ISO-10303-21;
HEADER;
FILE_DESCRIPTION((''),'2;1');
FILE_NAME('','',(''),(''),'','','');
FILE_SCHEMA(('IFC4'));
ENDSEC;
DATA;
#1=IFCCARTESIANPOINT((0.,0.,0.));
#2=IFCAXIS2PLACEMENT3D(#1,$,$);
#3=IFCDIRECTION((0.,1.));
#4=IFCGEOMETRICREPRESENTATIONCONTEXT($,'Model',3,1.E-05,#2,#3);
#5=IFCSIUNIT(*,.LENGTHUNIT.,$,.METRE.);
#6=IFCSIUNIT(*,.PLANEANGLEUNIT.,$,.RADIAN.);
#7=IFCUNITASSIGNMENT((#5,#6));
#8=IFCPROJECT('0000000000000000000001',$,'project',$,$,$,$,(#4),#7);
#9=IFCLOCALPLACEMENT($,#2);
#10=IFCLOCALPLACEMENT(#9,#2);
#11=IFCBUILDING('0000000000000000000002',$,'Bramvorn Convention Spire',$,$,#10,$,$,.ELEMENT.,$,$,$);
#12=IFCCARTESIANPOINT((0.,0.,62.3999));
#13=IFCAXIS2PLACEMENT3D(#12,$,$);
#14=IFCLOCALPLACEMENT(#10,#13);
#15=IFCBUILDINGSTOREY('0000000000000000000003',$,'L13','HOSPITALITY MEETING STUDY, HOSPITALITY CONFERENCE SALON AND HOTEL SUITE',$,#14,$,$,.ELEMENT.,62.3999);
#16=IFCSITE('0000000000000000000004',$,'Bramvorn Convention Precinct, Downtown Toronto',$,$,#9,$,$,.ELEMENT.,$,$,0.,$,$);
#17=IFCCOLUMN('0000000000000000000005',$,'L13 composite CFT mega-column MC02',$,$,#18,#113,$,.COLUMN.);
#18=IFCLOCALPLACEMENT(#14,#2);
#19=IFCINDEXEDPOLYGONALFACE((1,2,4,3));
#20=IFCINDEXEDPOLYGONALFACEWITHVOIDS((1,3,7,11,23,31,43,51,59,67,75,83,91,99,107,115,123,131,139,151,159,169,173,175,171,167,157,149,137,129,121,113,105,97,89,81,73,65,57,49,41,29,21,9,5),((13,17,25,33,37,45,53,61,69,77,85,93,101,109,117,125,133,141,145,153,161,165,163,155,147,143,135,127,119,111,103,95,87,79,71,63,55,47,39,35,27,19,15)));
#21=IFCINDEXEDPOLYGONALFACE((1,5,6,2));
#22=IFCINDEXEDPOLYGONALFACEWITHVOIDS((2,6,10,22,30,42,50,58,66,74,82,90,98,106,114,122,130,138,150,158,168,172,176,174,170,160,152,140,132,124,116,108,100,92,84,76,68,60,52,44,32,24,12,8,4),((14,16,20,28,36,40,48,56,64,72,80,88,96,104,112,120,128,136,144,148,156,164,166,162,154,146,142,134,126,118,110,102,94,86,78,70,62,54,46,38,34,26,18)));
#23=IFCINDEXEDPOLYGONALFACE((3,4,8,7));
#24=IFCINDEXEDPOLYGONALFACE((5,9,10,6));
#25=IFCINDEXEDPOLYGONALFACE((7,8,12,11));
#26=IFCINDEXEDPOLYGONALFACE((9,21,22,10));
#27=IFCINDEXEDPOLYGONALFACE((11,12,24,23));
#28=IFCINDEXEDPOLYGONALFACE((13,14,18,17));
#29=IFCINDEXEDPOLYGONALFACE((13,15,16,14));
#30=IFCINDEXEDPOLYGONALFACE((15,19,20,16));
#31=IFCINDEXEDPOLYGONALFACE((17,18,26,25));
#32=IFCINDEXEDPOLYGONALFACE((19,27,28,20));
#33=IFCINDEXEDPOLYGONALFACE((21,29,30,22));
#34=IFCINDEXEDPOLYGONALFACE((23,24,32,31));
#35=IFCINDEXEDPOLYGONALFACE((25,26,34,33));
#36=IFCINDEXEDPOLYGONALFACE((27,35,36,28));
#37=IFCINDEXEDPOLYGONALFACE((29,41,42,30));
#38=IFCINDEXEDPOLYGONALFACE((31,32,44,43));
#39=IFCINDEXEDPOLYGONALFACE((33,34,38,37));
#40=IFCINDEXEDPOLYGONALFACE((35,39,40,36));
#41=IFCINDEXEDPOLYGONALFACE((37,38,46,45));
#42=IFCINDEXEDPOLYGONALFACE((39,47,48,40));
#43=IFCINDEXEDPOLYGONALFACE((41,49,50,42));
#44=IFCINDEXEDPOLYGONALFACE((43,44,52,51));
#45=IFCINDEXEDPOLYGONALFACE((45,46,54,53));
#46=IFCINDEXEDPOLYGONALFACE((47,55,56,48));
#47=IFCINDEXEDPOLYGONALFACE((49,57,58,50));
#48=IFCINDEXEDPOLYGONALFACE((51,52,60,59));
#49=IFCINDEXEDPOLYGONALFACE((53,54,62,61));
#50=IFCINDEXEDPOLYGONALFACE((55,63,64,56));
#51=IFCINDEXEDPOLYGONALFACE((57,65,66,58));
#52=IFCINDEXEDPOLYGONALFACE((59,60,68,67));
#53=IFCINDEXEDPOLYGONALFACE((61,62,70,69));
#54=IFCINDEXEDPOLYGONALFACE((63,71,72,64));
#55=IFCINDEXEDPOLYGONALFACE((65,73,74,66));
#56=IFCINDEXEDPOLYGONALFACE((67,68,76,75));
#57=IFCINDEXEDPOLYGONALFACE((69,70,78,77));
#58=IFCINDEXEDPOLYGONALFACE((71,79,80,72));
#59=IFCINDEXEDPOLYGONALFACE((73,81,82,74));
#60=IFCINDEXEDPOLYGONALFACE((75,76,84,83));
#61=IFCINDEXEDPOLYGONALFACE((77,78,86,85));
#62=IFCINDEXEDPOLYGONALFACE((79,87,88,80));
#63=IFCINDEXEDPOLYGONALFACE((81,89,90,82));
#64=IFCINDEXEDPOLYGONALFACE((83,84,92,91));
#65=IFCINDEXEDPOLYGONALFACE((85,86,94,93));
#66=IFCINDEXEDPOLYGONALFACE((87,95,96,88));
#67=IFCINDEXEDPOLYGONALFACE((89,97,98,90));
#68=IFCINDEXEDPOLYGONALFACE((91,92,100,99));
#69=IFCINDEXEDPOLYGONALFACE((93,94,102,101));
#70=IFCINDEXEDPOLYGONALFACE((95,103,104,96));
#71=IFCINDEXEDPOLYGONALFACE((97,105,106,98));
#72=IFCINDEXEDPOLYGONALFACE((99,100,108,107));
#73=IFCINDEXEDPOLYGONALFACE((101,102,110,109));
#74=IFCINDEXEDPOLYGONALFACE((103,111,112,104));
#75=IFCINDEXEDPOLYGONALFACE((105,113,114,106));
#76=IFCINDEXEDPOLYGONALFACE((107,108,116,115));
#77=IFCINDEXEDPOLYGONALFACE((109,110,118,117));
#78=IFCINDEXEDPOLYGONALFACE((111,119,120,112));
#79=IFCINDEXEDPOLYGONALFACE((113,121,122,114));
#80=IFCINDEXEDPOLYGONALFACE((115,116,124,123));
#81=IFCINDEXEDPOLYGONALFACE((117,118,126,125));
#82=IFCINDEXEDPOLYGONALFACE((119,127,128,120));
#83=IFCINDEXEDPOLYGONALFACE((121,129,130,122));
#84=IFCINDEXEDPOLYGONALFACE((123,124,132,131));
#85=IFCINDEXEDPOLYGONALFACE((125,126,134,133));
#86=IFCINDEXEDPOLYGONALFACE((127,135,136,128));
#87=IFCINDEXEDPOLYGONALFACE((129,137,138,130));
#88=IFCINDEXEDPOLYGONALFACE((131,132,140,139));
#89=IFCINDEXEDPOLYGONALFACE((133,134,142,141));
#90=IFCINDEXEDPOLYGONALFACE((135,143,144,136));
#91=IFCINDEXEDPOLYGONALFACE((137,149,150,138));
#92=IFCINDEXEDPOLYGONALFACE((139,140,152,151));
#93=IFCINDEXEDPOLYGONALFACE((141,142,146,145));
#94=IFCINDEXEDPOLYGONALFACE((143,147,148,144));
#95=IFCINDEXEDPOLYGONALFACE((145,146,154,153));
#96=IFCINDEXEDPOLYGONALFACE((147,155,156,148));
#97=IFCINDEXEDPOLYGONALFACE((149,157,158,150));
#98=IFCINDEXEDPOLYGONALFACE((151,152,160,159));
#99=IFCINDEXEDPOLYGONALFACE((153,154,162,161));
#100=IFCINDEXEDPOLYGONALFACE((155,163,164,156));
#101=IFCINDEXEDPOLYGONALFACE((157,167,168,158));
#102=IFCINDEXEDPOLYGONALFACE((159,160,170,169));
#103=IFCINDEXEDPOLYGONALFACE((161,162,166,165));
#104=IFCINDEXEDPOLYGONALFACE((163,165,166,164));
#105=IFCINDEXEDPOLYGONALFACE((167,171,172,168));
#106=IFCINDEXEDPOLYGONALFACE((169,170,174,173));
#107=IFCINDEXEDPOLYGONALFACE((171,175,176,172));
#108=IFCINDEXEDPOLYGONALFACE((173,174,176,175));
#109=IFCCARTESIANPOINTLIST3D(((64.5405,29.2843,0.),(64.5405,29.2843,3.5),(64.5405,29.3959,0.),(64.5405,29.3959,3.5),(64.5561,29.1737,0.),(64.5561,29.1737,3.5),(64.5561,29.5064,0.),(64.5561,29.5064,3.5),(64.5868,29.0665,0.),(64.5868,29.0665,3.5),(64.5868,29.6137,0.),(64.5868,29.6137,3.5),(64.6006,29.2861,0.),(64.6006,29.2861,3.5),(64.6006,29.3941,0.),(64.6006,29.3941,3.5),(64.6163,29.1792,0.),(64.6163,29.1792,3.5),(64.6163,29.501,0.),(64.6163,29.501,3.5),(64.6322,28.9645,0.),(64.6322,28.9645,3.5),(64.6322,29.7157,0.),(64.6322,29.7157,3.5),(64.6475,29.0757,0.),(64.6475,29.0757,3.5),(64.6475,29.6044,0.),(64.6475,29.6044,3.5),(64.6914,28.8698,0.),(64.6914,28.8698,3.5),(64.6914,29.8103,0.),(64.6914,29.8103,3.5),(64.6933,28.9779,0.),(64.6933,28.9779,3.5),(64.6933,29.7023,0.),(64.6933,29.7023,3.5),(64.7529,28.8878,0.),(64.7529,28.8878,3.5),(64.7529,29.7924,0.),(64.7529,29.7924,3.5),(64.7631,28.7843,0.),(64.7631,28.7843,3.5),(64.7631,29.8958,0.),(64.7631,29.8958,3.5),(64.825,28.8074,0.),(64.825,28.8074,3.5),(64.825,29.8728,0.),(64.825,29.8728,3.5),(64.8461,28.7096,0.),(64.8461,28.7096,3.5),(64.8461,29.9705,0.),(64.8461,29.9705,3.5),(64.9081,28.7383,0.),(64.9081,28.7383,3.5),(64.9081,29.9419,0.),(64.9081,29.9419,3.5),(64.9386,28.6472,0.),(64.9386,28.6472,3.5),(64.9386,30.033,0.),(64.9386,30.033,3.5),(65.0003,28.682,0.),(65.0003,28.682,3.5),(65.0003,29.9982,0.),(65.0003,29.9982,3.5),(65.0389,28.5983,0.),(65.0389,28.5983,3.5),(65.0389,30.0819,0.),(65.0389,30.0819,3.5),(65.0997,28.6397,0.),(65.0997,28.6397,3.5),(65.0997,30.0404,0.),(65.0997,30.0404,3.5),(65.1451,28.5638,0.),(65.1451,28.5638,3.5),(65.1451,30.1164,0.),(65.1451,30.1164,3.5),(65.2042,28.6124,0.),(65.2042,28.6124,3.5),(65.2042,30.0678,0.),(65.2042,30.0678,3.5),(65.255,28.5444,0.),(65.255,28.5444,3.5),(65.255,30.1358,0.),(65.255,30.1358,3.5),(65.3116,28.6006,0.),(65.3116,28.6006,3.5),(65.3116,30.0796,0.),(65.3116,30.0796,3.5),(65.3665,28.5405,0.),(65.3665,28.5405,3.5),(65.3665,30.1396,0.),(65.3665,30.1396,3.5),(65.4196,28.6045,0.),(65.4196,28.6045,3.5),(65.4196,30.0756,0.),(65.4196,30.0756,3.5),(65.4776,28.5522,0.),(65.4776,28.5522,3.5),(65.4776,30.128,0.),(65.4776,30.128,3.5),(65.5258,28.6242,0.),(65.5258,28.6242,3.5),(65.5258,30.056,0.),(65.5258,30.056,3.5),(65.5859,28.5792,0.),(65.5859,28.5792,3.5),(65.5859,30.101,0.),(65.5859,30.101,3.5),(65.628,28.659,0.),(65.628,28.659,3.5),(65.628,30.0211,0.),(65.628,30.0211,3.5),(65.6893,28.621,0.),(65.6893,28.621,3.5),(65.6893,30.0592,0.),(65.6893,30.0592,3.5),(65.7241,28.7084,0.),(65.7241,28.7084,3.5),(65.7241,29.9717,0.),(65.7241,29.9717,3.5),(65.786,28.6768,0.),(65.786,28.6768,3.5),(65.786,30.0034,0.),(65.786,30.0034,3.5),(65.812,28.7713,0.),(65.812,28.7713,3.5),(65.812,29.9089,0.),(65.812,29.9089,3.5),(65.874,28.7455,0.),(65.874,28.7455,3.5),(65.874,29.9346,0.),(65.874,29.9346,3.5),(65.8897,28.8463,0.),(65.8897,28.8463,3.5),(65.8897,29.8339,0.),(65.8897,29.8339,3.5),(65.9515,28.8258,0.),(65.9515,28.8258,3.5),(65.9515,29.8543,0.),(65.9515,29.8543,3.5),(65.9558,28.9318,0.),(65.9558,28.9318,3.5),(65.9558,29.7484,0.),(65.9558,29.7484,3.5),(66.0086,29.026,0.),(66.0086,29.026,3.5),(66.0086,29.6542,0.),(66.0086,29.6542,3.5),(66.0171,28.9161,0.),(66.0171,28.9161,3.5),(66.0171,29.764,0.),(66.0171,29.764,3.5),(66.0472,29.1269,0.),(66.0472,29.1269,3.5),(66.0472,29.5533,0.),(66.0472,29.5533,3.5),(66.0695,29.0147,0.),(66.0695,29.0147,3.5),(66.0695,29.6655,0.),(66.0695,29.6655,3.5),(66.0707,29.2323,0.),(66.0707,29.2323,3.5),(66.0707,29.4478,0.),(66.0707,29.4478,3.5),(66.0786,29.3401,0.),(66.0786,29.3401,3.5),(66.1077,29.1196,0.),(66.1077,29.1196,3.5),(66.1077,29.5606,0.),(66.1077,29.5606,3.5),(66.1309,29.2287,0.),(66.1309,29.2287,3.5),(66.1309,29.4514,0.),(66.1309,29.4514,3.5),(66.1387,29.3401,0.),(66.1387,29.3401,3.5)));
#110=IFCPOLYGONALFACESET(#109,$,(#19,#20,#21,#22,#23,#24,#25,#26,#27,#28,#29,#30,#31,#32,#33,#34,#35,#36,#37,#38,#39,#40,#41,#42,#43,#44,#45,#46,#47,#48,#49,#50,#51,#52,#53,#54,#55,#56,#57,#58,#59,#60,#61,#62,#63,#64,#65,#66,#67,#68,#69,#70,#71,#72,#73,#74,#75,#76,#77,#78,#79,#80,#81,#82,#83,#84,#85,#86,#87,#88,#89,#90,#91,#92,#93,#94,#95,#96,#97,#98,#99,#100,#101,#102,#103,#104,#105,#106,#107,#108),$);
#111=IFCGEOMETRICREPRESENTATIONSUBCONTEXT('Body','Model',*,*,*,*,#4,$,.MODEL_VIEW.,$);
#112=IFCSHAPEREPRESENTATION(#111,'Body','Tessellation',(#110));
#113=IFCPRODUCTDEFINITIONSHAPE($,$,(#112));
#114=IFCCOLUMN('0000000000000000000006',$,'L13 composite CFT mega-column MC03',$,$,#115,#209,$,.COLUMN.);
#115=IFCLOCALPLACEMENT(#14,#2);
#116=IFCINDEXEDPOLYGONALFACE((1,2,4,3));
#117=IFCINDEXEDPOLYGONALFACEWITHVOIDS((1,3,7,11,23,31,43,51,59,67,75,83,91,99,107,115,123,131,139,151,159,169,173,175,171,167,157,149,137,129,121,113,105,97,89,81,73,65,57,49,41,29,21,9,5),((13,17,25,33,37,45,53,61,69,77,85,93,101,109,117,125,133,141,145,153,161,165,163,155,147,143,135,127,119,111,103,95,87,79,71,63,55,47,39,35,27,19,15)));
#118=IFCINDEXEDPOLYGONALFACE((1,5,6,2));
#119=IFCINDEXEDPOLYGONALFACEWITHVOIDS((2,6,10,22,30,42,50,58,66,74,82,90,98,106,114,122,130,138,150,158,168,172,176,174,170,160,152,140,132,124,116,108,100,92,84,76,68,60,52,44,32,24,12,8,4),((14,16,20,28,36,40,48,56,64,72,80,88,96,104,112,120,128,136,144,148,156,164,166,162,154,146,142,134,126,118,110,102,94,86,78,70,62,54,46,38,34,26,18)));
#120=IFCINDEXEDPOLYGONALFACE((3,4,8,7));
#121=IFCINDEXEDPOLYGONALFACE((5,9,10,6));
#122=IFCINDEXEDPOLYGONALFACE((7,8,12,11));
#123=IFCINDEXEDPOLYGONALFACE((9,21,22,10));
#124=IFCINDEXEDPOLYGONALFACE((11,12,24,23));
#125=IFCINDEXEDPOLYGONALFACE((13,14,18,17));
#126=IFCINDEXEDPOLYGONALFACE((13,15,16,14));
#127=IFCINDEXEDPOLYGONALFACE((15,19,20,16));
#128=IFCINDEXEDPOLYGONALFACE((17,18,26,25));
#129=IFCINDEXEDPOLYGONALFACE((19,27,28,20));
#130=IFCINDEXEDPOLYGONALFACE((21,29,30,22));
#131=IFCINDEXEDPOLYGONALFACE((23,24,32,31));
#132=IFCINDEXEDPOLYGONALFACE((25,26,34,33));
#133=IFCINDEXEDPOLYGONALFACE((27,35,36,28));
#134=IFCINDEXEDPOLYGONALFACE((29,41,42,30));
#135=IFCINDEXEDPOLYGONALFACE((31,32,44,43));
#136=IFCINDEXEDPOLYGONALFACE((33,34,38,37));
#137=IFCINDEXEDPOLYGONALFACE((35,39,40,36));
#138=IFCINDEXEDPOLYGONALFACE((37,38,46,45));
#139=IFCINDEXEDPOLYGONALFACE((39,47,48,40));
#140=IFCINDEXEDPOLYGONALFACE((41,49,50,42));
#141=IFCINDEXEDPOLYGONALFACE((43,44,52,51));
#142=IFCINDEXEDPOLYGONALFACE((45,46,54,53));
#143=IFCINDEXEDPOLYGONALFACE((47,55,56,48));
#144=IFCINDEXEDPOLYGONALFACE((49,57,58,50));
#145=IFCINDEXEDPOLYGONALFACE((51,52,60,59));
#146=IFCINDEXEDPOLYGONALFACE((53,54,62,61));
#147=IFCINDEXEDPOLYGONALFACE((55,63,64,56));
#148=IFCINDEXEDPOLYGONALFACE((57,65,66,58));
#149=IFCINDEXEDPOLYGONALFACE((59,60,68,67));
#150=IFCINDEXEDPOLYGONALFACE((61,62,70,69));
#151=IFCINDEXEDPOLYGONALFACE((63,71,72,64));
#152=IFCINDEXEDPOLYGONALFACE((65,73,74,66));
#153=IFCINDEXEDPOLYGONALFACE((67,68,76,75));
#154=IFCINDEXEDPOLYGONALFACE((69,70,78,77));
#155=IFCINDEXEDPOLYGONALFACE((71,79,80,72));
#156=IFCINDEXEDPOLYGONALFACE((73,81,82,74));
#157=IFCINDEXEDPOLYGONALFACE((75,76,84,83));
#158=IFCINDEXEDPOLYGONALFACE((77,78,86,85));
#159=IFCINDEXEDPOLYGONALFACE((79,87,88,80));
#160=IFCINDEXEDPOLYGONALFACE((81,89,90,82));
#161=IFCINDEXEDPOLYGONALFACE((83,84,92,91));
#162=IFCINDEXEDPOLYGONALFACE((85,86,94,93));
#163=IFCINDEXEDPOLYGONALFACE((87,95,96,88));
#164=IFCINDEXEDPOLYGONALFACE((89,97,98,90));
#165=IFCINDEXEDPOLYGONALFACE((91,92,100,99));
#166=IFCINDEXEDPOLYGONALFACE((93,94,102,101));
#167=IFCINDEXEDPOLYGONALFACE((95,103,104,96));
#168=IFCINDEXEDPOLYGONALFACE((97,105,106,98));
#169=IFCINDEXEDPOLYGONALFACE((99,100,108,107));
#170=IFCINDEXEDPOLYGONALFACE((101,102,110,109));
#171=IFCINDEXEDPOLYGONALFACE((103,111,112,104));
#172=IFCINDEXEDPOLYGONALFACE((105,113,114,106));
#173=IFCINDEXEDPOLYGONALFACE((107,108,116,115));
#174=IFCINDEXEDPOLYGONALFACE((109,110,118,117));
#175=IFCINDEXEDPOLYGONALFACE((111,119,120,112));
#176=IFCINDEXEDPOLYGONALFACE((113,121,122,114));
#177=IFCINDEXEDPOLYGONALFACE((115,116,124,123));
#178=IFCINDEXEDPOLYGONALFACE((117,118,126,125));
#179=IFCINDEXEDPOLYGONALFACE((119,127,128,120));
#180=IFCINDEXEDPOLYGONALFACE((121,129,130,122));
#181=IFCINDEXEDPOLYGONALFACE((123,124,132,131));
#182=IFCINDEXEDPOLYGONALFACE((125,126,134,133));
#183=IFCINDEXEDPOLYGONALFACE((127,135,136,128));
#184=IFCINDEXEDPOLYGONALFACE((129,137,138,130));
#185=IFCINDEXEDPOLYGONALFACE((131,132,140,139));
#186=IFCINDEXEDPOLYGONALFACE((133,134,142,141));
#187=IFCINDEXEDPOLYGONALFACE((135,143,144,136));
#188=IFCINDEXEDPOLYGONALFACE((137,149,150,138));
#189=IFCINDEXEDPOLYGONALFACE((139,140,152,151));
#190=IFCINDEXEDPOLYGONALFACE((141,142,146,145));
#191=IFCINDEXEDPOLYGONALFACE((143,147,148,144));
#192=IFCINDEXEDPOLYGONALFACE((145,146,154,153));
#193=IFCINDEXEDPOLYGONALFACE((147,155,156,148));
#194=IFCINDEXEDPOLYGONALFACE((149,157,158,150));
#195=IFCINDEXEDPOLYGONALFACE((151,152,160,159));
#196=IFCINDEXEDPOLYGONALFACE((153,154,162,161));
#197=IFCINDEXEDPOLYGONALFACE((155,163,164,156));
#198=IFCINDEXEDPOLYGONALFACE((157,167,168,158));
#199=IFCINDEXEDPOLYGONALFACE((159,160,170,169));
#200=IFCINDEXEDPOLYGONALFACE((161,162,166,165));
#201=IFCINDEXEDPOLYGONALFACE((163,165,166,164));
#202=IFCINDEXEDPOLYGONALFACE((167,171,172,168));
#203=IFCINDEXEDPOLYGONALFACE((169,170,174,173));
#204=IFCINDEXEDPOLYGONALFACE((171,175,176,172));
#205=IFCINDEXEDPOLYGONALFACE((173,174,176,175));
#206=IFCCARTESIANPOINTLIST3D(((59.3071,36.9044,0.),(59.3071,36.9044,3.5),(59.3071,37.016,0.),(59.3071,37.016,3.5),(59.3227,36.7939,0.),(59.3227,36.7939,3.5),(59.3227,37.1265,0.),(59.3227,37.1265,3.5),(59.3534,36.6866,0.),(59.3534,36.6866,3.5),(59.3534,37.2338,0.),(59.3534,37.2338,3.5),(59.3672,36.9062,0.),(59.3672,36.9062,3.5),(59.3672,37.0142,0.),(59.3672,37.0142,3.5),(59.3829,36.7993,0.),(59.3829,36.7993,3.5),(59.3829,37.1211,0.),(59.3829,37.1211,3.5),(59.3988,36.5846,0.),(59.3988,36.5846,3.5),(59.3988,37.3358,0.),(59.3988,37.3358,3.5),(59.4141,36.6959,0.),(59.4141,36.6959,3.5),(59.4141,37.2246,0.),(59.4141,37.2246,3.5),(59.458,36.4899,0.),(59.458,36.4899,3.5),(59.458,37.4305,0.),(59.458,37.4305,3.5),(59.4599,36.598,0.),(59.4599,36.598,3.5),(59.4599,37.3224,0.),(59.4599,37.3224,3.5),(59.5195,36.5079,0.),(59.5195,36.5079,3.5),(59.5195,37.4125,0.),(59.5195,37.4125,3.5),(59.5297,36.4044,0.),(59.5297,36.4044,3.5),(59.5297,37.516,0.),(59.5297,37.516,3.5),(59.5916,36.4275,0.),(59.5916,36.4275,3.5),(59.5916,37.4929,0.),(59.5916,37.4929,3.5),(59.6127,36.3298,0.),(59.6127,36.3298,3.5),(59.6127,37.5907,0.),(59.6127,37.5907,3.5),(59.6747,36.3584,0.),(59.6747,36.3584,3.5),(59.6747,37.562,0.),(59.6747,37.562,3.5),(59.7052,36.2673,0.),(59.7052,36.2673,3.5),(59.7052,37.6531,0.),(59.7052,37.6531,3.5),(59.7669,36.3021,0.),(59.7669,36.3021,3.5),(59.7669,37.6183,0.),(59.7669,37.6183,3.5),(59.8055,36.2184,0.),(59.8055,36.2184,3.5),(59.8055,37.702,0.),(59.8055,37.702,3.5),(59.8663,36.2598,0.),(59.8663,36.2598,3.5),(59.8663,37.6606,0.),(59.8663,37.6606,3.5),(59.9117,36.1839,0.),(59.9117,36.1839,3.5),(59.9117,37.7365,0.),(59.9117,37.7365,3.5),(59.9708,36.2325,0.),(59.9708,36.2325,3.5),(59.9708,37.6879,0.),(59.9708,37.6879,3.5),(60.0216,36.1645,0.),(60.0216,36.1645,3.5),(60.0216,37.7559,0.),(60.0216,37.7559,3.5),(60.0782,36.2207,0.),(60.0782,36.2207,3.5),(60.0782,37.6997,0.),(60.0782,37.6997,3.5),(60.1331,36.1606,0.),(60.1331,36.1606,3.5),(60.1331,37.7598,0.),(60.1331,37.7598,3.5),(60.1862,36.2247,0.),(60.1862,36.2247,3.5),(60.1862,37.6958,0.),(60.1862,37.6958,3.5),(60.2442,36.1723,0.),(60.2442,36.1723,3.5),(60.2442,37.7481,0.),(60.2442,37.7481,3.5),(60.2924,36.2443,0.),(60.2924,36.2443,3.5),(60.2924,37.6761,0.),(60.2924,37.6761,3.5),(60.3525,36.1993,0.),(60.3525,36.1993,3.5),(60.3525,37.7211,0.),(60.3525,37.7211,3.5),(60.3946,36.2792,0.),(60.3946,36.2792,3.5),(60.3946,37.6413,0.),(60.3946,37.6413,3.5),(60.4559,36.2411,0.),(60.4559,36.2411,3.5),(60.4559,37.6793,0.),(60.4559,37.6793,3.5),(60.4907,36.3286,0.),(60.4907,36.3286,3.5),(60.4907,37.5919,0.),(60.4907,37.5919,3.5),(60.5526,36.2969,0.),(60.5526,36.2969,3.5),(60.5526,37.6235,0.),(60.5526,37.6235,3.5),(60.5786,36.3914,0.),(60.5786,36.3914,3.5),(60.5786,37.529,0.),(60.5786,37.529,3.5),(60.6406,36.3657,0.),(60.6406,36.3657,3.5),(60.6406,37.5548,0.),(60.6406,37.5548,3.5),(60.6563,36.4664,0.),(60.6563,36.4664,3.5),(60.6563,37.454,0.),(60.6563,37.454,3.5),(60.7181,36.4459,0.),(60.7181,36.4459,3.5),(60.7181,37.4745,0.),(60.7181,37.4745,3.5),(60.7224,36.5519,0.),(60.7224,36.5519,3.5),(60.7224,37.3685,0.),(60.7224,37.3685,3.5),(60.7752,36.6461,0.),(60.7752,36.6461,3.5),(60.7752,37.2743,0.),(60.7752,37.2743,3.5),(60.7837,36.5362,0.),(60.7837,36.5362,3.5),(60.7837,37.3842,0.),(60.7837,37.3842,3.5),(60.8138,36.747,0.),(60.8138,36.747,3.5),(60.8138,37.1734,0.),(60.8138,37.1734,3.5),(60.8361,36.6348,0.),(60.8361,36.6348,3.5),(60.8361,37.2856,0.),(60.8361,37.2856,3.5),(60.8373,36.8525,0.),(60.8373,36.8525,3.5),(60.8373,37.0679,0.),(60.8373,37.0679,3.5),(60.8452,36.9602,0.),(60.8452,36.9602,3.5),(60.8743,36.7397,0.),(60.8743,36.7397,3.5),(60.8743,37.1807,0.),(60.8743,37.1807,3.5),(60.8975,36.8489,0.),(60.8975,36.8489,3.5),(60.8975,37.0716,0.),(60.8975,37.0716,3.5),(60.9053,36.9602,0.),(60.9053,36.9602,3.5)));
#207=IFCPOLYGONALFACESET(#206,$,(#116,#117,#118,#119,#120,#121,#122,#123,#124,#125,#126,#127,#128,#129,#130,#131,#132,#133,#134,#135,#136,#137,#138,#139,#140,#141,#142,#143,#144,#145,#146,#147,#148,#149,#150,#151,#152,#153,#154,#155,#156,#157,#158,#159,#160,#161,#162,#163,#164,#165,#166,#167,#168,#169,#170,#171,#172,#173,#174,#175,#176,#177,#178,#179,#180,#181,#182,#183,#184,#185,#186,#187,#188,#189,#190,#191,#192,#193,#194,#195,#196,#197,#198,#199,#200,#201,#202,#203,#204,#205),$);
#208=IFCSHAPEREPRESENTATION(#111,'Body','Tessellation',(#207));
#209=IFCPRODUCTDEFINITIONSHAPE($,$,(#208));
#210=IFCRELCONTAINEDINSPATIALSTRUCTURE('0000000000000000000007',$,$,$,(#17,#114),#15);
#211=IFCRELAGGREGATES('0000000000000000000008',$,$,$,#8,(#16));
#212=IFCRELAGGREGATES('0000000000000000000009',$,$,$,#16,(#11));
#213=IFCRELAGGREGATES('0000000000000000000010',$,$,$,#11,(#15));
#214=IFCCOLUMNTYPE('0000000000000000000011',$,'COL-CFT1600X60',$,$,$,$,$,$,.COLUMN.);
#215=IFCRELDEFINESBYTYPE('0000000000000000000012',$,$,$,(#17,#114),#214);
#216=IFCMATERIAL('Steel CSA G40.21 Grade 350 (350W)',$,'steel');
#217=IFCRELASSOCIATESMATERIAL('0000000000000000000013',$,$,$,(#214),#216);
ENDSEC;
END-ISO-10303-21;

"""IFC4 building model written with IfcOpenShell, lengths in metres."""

from ifc_helpers import new_model, si_unit, direction, frame, origin, origin_2d, place, context, subcontext, project, spatial, hollow_circle, extrude, material, material_profile, profile_set, type_object, element, save


model = new_model("IFC4")

# Units and contexts
model_context = context("Model", 3, precision=1e-05, world=origin(), true_north=direction((0.0, 1.0)))
body_context = subcontext(model_context, "Body", "Model", "MODEL_VIEW")
ifc_project = project(units=[si_unit("LENGTHUNIT", "METRE"), si_unit("PLANEANGLEUNIT", "RADIAN")], contexts=[model_context])

# Site, building, storey
site_placement = place(None, origin())
site = spatial("IfcSite", under=ifc_project, at=site_placement, Name="Bramvorn Convention Precinct, Downtown Toronto", CompositionType="ELEMENT", RefElevation=0.0)
building_placement = place(site_placement, origin())
building = spatial("IfcBuilding", under=site, at=building_placement, Name="Bramvorn Convention Spire", CompositionType="ELEMENT")
storey_placement = place(building_placement, frame((0.0, 0.0, 62.3999)))
storey = spatial("IfcBuildingStorey", under=building, at=storey_placement, Name="L13", Description="HOSPITALITY MEETING STUDY, HOSPITALITY CONFERENCE SALON AND HOTEL SUITE", CompositionType="ELEMENT", Elevation=62.3999)

# Columns
ifc_material_1 = material(Name="Steel CSA G40.21 Grade 350 (350W)", Category="steel")
ifc_material_profile_1 = material_profile(ifc_material_1, hollow_circle(Radius=0.8, WallThickness=0.0601, at=origin_2d()))
ifc_profile_set_1 = profile_set([ifc_material_profile_1], Name="Steel CSA G40.21 Grade 350 (350W) - CFT1600X60")
column_type = type_object("IfcColumnType", Name="COL-CFT1600X60", PredefinedType="COLUMN", material=ifc_profile_set_1)
for number, where, z_axis, x_axis, name in (
    (1, (65.3386, 29.3401, 0.0), (0.0, 0.0, 1.0), (1.0, 0.0, 0.0), "L13 composite CFT mega-column MC02"),
    (2, (60.1052, 36.9602, 0.0), (0.0, 0.0, 1.0), (1.0, 0.0, 0.0), "L13 composite CFT mega-column MC03"),
):
    element("IfcColumn", number, at=place(storey_placement, frame(where, z_axis=z_axis, x_axis=x_axis)), inside=storey, type_object=column_type, Name=name, PredefinedType="COLUMN", context=body_context, shape_type="SweptSolid", body=[
        extrude(hollow_circle(Radius=0.8, WallThickness=0.0601, at=origin_2d()), origin(), (0.0, 0.0, 1.0), 3.5),
    ])

save(model, "model.ifc")
